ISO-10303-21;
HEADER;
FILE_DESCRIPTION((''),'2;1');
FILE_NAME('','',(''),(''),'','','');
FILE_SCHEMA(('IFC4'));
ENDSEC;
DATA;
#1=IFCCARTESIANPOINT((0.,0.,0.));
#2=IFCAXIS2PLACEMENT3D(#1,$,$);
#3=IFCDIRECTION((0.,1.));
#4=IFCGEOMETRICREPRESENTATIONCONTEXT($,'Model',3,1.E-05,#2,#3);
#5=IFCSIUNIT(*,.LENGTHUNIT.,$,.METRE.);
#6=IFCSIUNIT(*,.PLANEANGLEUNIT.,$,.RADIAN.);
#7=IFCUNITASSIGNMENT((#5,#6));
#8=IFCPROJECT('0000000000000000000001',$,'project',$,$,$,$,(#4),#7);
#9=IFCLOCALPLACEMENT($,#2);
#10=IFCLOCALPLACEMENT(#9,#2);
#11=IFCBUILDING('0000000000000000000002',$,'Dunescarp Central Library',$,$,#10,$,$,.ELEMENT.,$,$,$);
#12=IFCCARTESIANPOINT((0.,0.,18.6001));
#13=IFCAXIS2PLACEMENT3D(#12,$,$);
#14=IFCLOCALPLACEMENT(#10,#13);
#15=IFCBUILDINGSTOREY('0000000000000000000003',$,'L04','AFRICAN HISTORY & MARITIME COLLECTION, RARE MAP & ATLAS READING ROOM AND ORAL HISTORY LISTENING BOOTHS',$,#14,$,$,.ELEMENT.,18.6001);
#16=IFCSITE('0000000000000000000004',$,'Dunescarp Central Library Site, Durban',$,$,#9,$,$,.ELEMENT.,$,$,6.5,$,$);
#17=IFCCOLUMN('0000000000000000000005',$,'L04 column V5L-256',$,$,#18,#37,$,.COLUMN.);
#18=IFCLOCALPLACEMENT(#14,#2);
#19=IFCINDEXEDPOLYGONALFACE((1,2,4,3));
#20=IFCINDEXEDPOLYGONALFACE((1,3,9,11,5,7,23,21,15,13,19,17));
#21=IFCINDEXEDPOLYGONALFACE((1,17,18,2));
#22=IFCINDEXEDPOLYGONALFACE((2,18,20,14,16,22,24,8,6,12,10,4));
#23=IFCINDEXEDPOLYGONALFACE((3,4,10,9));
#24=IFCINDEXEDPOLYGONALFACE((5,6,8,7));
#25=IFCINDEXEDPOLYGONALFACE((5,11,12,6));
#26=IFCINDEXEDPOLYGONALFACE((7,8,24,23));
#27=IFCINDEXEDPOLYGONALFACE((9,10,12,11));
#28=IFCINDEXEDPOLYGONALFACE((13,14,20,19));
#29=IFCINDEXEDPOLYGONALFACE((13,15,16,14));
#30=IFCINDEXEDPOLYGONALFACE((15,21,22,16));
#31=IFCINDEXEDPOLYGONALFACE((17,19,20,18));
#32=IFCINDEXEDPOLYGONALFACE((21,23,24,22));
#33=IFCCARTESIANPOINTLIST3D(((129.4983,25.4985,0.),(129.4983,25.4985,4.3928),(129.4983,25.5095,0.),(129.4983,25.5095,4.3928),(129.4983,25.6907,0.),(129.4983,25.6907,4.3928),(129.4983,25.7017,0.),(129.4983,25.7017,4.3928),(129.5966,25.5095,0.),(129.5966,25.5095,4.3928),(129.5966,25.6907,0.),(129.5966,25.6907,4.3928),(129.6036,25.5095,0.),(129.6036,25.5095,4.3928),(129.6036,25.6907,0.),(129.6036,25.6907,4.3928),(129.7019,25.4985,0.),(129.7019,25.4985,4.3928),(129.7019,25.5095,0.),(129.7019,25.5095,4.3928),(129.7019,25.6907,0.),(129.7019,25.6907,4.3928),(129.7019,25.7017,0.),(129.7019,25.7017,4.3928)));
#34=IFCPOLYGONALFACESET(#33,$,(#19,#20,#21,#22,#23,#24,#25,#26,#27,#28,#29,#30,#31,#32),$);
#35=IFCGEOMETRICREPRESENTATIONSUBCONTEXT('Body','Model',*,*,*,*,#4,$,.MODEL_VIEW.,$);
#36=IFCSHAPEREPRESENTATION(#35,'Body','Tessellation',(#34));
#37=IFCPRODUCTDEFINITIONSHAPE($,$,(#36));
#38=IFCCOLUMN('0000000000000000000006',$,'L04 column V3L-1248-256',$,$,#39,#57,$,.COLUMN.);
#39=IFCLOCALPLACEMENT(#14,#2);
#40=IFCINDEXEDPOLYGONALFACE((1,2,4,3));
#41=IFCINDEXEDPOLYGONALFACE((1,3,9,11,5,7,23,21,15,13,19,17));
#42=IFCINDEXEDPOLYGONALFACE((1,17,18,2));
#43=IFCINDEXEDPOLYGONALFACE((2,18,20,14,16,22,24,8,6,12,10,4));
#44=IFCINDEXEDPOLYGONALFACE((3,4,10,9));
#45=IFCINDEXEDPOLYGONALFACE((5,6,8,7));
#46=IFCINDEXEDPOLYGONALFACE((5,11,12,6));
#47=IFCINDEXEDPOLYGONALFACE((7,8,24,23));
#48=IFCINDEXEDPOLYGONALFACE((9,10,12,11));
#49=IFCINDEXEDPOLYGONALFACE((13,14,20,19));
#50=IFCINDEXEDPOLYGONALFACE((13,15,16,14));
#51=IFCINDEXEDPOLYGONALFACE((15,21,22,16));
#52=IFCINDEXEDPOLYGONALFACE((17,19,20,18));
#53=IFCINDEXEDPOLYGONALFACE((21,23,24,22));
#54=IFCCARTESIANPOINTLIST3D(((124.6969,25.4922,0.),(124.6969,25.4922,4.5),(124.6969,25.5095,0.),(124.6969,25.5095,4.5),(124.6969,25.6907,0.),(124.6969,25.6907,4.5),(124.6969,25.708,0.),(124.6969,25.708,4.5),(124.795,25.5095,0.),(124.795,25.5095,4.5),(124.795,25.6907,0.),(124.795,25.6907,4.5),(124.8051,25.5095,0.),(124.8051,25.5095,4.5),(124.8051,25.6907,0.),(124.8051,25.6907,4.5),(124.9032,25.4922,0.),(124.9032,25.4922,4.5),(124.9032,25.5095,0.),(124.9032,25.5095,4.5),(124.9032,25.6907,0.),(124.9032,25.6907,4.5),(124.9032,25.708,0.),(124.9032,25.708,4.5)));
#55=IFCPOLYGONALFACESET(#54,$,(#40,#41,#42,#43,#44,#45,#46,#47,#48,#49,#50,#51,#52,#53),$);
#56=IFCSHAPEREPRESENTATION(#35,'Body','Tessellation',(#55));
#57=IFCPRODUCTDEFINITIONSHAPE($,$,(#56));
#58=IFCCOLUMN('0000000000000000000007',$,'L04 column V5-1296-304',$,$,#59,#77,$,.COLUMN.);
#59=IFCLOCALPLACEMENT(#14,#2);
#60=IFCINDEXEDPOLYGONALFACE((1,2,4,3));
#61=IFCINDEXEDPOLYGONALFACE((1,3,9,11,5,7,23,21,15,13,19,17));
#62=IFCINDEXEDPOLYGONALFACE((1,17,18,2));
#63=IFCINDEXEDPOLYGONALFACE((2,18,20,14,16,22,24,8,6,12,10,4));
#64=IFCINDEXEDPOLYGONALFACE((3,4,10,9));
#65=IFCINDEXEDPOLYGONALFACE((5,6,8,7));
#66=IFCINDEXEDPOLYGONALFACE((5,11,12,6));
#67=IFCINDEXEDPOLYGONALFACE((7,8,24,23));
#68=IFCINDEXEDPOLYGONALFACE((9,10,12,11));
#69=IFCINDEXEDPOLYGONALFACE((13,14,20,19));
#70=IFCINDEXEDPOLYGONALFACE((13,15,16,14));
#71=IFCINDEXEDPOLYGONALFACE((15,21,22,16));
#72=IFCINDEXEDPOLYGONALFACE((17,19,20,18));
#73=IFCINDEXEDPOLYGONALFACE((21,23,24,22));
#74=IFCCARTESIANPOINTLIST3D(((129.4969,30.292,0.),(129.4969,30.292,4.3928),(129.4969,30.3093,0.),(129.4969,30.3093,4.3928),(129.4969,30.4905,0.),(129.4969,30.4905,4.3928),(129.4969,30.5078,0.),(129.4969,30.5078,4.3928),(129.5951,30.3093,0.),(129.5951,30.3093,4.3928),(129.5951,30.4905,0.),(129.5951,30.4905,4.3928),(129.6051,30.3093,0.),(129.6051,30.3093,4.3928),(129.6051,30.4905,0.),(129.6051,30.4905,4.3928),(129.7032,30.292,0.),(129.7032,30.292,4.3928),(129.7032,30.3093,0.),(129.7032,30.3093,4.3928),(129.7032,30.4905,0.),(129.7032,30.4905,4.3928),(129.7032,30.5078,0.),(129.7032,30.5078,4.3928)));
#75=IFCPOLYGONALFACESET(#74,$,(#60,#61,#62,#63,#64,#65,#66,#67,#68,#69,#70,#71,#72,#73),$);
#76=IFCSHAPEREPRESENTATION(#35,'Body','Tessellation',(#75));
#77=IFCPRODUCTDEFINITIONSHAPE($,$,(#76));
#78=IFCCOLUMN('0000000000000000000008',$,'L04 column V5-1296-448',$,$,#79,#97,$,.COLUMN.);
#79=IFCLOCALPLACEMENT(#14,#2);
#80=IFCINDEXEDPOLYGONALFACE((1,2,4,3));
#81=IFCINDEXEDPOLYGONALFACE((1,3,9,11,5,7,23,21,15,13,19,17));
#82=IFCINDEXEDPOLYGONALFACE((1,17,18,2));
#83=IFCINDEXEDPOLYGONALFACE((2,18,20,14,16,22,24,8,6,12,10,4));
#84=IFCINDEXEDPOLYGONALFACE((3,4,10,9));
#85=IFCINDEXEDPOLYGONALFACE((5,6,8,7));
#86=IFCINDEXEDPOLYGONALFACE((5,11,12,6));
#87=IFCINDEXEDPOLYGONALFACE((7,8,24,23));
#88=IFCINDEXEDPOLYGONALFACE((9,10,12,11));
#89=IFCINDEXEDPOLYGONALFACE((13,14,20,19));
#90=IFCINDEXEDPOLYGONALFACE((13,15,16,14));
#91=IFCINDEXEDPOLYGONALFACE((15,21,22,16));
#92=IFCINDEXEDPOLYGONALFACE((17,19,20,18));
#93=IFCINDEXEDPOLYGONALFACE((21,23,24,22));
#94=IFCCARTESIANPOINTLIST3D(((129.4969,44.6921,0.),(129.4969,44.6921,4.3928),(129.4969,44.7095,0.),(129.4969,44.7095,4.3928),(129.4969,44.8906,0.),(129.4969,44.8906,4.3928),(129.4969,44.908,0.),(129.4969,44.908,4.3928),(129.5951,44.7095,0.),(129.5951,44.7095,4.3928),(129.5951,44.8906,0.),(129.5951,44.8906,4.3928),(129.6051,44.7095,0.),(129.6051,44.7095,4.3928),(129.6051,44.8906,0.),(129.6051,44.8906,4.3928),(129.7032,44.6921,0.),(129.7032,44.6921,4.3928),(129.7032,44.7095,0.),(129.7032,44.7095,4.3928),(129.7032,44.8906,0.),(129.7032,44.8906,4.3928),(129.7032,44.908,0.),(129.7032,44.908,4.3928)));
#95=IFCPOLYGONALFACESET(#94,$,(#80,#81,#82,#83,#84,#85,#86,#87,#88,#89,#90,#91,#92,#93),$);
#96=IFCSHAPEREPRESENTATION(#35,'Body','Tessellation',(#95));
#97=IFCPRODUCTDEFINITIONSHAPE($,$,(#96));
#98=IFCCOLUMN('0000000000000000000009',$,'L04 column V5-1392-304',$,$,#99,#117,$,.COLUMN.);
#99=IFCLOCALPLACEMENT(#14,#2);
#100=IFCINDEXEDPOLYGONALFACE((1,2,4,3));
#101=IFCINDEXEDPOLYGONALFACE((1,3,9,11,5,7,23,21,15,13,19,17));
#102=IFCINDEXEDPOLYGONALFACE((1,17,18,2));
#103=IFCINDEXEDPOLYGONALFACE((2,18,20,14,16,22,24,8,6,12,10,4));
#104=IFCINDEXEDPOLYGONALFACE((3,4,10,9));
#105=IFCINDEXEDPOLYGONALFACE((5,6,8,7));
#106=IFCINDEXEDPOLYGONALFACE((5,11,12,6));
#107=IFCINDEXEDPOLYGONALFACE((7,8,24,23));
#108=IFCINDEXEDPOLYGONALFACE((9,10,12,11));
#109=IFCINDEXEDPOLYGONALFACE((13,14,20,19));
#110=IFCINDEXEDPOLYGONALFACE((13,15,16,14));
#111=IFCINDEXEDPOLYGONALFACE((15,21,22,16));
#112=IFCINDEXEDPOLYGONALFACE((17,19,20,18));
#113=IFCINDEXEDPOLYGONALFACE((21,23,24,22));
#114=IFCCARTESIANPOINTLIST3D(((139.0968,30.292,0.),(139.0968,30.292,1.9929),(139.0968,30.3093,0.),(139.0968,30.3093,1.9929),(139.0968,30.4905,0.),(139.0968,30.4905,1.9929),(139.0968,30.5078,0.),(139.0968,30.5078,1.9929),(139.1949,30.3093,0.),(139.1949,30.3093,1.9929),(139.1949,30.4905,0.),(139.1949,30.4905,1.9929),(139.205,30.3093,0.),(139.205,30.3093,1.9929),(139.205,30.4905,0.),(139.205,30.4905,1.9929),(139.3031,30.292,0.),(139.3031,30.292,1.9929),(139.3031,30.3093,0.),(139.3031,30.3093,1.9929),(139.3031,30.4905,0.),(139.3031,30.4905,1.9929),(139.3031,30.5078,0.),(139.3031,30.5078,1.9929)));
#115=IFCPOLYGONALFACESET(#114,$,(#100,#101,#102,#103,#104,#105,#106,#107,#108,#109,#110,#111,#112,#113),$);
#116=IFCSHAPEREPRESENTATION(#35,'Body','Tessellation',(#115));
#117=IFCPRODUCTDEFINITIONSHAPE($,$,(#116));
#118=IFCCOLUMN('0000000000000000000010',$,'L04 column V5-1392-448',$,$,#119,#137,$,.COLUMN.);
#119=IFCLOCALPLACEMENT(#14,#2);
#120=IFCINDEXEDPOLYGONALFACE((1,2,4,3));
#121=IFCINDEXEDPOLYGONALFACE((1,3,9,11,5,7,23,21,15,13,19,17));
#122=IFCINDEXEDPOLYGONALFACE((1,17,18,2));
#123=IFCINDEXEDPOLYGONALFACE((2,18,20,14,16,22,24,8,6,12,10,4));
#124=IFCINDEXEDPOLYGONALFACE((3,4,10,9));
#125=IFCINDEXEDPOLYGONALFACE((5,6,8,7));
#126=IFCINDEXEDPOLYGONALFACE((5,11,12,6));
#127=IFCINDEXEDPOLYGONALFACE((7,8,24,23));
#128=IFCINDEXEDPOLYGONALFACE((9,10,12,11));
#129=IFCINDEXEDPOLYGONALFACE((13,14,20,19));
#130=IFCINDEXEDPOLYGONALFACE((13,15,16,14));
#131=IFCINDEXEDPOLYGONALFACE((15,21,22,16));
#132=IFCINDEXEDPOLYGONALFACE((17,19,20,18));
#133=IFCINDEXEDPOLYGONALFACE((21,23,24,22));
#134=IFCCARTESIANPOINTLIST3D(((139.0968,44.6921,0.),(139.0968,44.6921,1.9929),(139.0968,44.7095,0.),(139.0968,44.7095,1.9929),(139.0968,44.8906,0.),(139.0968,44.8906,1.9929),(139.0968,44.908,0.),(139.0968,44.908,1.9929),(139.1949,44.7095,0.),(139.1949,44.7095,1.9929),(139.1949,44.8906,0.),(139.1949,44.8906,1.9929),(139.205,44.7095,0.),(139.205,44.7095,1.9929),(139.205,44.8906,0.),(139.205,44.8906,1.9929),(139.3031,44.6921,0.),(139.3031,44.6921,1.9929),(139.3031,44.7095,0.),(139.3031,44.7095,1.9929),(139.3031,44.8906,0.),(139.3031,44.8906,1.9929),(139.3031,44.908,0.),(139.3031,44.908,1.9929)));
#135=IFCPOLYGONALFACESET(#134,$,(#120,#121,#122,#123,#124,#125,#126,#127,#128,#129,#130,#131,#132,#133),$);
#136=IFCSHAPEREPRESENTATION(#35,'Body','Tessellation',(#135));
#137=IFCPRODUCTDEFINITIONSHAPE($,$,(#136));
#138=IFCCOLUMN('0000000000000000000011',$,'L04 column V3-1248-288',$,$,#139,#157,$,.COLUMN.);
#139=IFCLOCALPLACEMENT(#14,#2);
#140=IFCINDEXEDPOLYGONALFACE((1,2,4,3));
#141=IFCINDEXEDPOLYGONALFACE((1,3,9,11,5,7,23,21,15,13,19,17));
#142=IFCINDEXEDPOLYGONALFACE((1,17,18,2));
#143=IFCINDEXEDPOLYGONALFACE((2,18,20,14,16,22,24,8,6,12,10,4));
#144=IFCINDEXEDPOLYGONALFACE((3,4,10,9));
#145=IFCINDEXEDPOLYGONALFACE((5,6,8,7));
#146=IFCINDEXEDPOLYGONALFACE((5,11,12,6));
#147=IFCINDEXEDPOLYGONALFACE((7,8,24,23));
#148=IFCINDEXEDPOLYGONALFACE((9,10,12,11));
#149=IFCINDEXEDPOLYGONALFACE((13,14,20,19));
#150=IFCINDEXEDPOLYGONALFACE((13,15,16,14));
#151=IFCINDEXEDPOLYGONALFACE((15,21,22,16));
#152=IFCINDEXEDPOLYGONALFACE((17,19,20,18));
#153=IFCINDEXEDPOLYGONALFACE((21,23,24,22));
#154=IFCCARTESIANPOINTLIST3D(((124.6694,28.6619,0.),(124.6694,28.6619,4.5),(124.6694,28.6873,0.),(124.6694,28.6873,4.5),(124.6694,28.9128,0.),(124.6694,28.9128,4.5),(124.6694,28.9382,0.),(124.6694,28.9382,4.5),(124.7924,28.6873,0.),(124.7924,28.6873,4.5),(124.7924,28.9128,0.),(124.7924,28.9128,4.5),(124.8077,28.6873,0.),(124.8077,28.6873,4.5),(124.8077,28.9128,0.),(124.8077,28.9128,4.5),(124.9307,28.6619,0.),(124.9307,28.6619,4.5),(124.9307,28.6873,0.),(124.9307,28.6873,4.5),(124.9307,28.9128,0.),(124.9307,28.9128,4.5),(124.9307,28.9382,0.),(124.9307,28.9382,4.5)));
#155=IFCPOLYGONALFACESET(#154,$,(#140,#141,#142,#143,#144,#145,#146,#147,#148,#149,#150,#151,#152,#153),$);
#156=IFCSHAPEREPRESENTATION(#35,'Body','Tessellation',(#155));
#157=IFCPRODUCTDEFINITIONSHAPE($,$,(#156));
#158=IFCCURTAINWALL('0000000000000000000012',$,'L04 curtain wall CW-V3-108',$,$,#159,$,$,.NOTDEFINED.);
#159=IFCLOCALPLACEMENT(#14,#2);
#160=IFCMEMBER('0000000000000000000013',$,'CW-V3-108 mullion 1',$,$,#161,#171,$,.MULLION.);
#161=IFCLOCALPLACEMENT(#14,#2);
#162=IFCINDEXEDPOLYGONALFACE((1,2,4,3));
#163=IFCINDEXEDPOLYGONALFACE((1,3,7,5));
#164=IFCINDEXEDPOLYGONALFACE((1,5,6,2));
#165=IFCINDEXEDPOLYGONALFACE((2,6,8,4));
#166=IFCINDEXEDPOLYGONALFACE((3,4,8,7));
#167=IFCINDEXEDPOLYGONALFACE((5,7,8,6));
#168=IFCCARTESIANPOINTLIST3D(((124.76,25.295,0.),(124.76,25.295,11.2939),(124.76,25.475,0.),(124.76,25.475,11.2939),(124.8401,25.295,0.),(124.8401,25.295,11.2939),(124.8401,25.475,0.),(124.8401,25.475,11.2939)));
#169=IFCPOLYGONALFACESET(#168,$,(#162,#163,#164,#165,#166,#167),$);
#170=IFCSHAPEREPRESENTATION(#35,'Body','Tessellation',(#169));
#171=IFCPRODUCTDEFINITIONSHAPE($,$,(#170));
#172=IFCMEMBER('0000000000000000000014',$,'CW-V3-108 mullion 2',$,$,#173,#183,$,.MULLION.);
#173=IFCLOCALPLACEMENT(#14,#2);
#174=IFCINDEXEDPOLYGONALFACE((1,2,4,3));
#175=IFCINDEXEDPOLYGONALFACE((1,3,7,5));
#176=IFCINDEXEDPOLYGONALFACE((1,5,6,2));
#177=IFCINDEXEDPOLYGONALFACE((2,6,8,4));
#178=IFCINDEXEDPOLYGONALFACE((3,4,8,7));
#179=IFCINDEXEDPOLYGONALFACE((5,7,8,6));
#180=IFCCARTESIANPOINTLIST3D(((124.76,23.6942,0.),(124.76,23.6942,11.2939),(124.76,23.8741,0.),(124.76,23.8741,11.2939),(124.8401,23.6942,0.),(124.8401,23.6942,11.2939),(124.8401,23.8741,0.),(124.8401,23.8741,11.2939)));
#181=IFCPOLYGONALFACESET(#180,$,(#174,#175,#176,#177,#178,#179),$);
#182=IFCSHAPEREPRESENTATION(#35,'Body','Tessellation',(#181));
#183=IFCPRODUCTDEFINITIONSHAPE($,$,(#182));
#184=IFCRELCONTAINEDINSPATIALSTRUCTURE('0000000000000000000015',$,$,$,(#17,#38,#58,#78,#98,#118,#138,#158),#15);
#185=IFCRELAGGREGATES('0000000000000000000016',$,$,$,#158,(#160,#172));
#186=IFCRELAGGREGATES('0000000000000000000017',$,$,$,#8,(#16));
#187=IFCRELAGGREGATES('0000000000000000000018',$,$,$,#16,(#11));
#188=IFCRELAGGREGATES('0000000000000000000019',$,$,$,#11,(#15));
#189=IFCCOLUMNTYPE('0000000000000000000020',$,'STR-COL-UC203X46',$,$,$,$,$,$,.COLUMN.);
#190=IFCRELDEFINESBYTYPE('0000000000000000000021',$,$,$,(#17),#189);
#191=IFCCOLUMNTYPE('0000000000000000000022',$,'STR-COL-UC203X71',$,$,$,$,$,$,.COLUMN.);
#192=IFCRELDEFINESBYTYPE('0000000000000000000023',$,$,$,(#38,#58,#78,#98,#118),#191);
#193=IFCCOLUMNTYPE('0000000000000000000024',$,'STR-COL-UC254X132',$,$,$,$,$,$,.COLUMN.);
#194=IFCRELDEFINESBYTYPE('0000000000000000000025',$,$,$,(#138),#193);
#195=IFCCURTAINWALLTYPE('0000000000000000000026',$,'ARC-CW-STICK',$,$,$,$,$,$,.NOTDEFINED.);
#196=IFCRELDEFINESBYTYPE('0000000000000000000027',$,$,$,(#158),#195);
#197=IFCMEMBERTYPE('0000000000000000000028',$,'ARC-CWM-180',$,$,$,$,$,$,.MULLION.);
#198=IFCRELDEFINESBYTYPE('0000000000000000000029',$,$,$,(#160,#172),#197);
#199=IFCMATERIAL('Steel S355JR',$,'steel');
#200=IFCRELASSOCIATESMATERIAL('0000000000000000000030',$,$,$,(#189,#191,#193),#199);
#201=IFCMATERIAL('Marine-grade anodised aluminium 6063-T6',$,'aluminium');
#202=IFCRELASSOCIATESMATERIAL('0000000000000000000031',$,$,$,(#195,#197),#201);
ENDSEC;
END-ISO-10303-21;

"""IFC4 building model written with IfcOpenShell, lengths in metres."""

from ifc_helpers import new_model, si_unit, direction, frame, origin, origin_2d, place, context, subcontext, project, spatial, rectangle, i_section, extrude, material, material_profile, profile_set, type_object, element, aggregate, save


model = new_model("IFC4")

# Units and contexts
model_context = context("Model", 3, precision=1e-05, world=origin(), true_north=direction((0.0, 1.0)))
body_context = subcontext(model_context, "Body", "Model", "MODEL_VIEW")
ifc_project = project(units=[si_unit("LENGTHUNIT", "METRE"), si_unit("PLANEANGLEUNIT", "RADIAN")], contexts=[model_context])

# Site, building, storey
site_placement = place(None, origin())
site = spatial("IfcSite", under=ifc_project, at=site_placement, Name="Dunescarp Central Library Site, Durban", CompositionType="ELEMENT", RefElevation=6.5)
building_placement = place(site_placement, origin())
building = spatial("IfcBuilding", under=site, at=building_placement, Name="Dunescarp Central Library", CompositionType="ELEMENT")
storey_placement = place(building_placement, frame((0.0, 0.0, 18.6001)))
storey = spatial("IfcBuildingStorey", under=building, at=storey_placement, Name="L04", Description="AFRICAN HISTORY & MARITIME COLLECTION, RARE MAP & ATLAS READING ROOM AND ORAL HISTORY LISTENING BOOTHS", CompositionType="ELEMENT", Elevation=18.6001)

# Columns
ifc_material_1 = material(Name="Steel S355JR", Category="steel")
ifc_material_profile_1 = material_profile(ifc_material_1, i_section(OverallWidth=0.2036, OverallDepth=0.2031, WebThickness=0.0071, FlangeThickness=0.011, at=origin_2d()), Name="UC 203x203x46")
ifc_profile_set_1 = profile_set([ifc_material_profile_1], Name="Steel S355JR")
column_type_1 = type_object("IfcColumnType", Name="STR-COL-UC203X46", PredefinedType="COLUMN", material=ifc_profile_set_1)
column_1_placement = place(storey_placement, frame((129.6001, 25.6001, 0.0), z_axis=(0.0, 0.0, 1.0), x_axis=(1.0, 0.0, 0.0)))
element("IfcColumn", 1, at=column_1_placement, inside=storey, type_object=column_type_1, Name="L04 column V5L-256", PredefinedType="COLUMN", context=body_context, shape_type="SweptSolid", body=[
    extrude(i_section(OverallWidth=0.2036, OverallDepth=0.2031, WebThickness=0.0071, FlangeThickness=0.011, at=origin_2d()), origin(), (0.0, 0.0, 1.0), 4.3928),
])
ifc_material_profile_2 = material_profile(ifc_material_1, i_section(OverallWidth=0.2063, OverallDepth=0.2158, WebThickness=0.01, FlangeThickness=0.0173, at=origin_2d()), Name="UC 203x203x71")
ifc_profile_set_2 = profile_set([ifc_material_profile_2], Name="Steel S355JR")
column_type_2 = type_object("IfcColumnType", Name="STR-COL-UC203X71", PredefinedType="COLUMN", material=ifc_profile_set_2)
column_2_placement = place(storey_placement, frame((124.8, 25.6001, 0.0), z_axis=(0.0, 0.0, 1.0), x_axis=(1.0, 0.0, 0.0)))
element("IfcColumn", 2, at=column_2_placement, inside=storey, type_object=column_type_2, Name="L04 column V3L-1248-256", PredefinedType="COLUMN", context=body_context, shape_type="SweptSolid", body=[
    extrude(i_section(OverallWidth=0.2063, OverallDepth=0.2158, WebThickness=0.01, FlangeThickness=0.0173, at=origin_2d()), origin(), (0.0, 0.0, 1.0), 4.5),
])
for number, where, z_axis, x_axis, name in (
    (3, (129.6001, 30.3999, 0.0), (0.0, 0.0, 1.0), (1.0, 0.0, 0.0), "L04 column V5-1296-304"),
    (4, (129.6001, 44.8, 0.0), (0.0, 0.0, 1.0), (1.0, 0.0, 0.0), "L04 column V5-1296-448"),
):
    element("IfcColumn", number, at=place(storey_placement, frame(where, z_axis=z_axis, x_axis=x_axis)), inside=storey, type_object=column_type_2, Name=name, PredefinedType="COLUMN", context=body_context, shape_type="SweptSolid", body=[
        extrude(i_section(OverallWidth=0.2063, OverallDepth=0.2158, WebThickness=0.01, FlangeThickness=0.0173, at=origin_2d()), origin(), (0.0, 0.0, 1.0), 4.3928),
    ])
for number, where, z_axis, x_axis, name in (
    (5, (139.2, 30.3999, 0.0), (0.0, 0.0, 1.0), (1.0, 0.0, 0.0), "L04 column V5-1392-304"),
    (6, (139.2, 44.8, 0.0), (0.0, 0.0, 1.0), (1.0, 0.0, 0.0), "L04 column V5-1392-448"),
):
    element("IfcColumn", number, at=place(storey_placement, frame(where, z_axis=z_axis, x_axis=x_axis)), inside=storey, type_object=column_type_2, Name=name, PredefinedType="COLUMN", context=body_context, shape_type="SweptSolid", body=[
        extrude(i_section(OverallWidth=0.2063, OverallDepth=0.2158, WebThickness=0.01, FlangeThickness=0.0173, at=origin_2d()), origin(), (0.0, 0.0, 1.0), 1.9929),
    ])
ifc_material_profile_3 = material_profile(ifc_material_1, i_section(OverallWidth=0.2612, OverallDepth=0.2764, WebThickness=0.0154, FlangeThickness=0.0254, at=origin_2d()), Name="UC 254x254x132")
ifc_profile_set_3 = profile_set([ifc_material_profile_3], Name="Steel S355JR")
column_type_3 = type_object("IfcColumnType", Name="STR-COL-UC254X132", PredefinedType="COLUMN", material=ifc_profile_set_3)
column_3_placement = place(storey_placement, frame((124.8, 28.8, 0.0), z_axis=(0.0, 0.0, 1.0), x_axis=(1.0, 0.0, 0.0)))
element("IfcColumn", 7, at=column_3_placement, inside=storey, type_object=column_type_3, Name="L04 column V3-1248-288", PredefinedType="COLUMN", context=body_context, shape_type="SweptSolid", body=[
    extrude(i_section(OverallWidth=0.2612, OverallDepth=0.2764, WebThickness=0.0154, FlangeThickness=0.0254, at=origin_2d()), origin(), (0.0, 0.0, 1.0), 4.5),
])

# Curtain wall, members
ifc_material_2 = material(Name="Marine-grade anodised aluminium 6063-T6", Category="aluminium")
curtain_wall_type = type_object("IfcCurtainWallType", Name="ARC-CW-STICK", PredefinedType="NOTDEFINED", material=ifc_material_2)
curtain_wall_placement = place(storey_placement, origin())
curtain_wall = element("IfcCurtainWall", 8, at=curtain_wall_placement, inside=storey, type_object=curtain_wall_type, Name="L04 curtain wall CW-V3-108", PredefinedType="NOTDEFINED")
ifc_material_profile_4 = material_profile(ifc_material_2, rectangle(XDim=0.0801, YDim=0.1799, at=origin_2d()), Name="AL 80x180")
ifc_profile_set_4 = profile_set([ifc_material_profile_4], Name="Marine-grade anodised aluminium 6063-T6")
member_type_1 = type_object("IfcMemberType", Name="ARC-CWM-180", PredefinedType="MULLION", material=ifc_profile_set_4)
member_1_placement = place(storey_placement, frame((124.8, 25.385, 0.0), z_axis=(0.0, 0.0, 1.0), x_axis=(1.0, 0.0, 0.0)))
member_1 = element("IfcMember", 9, at=member_1_placement, type_object=member_type_1, Name="CW-V3-108 mullion 1", PredefinedType="MULLION", context=body_context, shape_type="SweptSolid", body=[
    extrude(rectangle(XDim=0.0801, YDim=0.1799, at=origin_2d()), origin(), (0.0, 0.0, 1.0), 11.2939),
])
member_2_placement = place(storey_placement, frame((124.8, 23.7842, 0.0), z_axis=(0.0, 0.0, 1.0), x_axis=(1.0, 0.0, 0.0)))
member_2 = element("IfcMember", 10, at=member_2_placement, type_object=member_type_1, Name="CW-V3-108 mullion 2", PredefinedType="MULLION", context=body_context, shape_type="SweptSolid", body=[
    extrude(rectangle(XDim=0.0801, YDim=0.1799, at=origin_2d()), origin(), (0.0, 0.0, 1.0), 11.2939),
])
aggregate(curtain_wall, [member_1, member_2])

save(model, "model.ifc")
